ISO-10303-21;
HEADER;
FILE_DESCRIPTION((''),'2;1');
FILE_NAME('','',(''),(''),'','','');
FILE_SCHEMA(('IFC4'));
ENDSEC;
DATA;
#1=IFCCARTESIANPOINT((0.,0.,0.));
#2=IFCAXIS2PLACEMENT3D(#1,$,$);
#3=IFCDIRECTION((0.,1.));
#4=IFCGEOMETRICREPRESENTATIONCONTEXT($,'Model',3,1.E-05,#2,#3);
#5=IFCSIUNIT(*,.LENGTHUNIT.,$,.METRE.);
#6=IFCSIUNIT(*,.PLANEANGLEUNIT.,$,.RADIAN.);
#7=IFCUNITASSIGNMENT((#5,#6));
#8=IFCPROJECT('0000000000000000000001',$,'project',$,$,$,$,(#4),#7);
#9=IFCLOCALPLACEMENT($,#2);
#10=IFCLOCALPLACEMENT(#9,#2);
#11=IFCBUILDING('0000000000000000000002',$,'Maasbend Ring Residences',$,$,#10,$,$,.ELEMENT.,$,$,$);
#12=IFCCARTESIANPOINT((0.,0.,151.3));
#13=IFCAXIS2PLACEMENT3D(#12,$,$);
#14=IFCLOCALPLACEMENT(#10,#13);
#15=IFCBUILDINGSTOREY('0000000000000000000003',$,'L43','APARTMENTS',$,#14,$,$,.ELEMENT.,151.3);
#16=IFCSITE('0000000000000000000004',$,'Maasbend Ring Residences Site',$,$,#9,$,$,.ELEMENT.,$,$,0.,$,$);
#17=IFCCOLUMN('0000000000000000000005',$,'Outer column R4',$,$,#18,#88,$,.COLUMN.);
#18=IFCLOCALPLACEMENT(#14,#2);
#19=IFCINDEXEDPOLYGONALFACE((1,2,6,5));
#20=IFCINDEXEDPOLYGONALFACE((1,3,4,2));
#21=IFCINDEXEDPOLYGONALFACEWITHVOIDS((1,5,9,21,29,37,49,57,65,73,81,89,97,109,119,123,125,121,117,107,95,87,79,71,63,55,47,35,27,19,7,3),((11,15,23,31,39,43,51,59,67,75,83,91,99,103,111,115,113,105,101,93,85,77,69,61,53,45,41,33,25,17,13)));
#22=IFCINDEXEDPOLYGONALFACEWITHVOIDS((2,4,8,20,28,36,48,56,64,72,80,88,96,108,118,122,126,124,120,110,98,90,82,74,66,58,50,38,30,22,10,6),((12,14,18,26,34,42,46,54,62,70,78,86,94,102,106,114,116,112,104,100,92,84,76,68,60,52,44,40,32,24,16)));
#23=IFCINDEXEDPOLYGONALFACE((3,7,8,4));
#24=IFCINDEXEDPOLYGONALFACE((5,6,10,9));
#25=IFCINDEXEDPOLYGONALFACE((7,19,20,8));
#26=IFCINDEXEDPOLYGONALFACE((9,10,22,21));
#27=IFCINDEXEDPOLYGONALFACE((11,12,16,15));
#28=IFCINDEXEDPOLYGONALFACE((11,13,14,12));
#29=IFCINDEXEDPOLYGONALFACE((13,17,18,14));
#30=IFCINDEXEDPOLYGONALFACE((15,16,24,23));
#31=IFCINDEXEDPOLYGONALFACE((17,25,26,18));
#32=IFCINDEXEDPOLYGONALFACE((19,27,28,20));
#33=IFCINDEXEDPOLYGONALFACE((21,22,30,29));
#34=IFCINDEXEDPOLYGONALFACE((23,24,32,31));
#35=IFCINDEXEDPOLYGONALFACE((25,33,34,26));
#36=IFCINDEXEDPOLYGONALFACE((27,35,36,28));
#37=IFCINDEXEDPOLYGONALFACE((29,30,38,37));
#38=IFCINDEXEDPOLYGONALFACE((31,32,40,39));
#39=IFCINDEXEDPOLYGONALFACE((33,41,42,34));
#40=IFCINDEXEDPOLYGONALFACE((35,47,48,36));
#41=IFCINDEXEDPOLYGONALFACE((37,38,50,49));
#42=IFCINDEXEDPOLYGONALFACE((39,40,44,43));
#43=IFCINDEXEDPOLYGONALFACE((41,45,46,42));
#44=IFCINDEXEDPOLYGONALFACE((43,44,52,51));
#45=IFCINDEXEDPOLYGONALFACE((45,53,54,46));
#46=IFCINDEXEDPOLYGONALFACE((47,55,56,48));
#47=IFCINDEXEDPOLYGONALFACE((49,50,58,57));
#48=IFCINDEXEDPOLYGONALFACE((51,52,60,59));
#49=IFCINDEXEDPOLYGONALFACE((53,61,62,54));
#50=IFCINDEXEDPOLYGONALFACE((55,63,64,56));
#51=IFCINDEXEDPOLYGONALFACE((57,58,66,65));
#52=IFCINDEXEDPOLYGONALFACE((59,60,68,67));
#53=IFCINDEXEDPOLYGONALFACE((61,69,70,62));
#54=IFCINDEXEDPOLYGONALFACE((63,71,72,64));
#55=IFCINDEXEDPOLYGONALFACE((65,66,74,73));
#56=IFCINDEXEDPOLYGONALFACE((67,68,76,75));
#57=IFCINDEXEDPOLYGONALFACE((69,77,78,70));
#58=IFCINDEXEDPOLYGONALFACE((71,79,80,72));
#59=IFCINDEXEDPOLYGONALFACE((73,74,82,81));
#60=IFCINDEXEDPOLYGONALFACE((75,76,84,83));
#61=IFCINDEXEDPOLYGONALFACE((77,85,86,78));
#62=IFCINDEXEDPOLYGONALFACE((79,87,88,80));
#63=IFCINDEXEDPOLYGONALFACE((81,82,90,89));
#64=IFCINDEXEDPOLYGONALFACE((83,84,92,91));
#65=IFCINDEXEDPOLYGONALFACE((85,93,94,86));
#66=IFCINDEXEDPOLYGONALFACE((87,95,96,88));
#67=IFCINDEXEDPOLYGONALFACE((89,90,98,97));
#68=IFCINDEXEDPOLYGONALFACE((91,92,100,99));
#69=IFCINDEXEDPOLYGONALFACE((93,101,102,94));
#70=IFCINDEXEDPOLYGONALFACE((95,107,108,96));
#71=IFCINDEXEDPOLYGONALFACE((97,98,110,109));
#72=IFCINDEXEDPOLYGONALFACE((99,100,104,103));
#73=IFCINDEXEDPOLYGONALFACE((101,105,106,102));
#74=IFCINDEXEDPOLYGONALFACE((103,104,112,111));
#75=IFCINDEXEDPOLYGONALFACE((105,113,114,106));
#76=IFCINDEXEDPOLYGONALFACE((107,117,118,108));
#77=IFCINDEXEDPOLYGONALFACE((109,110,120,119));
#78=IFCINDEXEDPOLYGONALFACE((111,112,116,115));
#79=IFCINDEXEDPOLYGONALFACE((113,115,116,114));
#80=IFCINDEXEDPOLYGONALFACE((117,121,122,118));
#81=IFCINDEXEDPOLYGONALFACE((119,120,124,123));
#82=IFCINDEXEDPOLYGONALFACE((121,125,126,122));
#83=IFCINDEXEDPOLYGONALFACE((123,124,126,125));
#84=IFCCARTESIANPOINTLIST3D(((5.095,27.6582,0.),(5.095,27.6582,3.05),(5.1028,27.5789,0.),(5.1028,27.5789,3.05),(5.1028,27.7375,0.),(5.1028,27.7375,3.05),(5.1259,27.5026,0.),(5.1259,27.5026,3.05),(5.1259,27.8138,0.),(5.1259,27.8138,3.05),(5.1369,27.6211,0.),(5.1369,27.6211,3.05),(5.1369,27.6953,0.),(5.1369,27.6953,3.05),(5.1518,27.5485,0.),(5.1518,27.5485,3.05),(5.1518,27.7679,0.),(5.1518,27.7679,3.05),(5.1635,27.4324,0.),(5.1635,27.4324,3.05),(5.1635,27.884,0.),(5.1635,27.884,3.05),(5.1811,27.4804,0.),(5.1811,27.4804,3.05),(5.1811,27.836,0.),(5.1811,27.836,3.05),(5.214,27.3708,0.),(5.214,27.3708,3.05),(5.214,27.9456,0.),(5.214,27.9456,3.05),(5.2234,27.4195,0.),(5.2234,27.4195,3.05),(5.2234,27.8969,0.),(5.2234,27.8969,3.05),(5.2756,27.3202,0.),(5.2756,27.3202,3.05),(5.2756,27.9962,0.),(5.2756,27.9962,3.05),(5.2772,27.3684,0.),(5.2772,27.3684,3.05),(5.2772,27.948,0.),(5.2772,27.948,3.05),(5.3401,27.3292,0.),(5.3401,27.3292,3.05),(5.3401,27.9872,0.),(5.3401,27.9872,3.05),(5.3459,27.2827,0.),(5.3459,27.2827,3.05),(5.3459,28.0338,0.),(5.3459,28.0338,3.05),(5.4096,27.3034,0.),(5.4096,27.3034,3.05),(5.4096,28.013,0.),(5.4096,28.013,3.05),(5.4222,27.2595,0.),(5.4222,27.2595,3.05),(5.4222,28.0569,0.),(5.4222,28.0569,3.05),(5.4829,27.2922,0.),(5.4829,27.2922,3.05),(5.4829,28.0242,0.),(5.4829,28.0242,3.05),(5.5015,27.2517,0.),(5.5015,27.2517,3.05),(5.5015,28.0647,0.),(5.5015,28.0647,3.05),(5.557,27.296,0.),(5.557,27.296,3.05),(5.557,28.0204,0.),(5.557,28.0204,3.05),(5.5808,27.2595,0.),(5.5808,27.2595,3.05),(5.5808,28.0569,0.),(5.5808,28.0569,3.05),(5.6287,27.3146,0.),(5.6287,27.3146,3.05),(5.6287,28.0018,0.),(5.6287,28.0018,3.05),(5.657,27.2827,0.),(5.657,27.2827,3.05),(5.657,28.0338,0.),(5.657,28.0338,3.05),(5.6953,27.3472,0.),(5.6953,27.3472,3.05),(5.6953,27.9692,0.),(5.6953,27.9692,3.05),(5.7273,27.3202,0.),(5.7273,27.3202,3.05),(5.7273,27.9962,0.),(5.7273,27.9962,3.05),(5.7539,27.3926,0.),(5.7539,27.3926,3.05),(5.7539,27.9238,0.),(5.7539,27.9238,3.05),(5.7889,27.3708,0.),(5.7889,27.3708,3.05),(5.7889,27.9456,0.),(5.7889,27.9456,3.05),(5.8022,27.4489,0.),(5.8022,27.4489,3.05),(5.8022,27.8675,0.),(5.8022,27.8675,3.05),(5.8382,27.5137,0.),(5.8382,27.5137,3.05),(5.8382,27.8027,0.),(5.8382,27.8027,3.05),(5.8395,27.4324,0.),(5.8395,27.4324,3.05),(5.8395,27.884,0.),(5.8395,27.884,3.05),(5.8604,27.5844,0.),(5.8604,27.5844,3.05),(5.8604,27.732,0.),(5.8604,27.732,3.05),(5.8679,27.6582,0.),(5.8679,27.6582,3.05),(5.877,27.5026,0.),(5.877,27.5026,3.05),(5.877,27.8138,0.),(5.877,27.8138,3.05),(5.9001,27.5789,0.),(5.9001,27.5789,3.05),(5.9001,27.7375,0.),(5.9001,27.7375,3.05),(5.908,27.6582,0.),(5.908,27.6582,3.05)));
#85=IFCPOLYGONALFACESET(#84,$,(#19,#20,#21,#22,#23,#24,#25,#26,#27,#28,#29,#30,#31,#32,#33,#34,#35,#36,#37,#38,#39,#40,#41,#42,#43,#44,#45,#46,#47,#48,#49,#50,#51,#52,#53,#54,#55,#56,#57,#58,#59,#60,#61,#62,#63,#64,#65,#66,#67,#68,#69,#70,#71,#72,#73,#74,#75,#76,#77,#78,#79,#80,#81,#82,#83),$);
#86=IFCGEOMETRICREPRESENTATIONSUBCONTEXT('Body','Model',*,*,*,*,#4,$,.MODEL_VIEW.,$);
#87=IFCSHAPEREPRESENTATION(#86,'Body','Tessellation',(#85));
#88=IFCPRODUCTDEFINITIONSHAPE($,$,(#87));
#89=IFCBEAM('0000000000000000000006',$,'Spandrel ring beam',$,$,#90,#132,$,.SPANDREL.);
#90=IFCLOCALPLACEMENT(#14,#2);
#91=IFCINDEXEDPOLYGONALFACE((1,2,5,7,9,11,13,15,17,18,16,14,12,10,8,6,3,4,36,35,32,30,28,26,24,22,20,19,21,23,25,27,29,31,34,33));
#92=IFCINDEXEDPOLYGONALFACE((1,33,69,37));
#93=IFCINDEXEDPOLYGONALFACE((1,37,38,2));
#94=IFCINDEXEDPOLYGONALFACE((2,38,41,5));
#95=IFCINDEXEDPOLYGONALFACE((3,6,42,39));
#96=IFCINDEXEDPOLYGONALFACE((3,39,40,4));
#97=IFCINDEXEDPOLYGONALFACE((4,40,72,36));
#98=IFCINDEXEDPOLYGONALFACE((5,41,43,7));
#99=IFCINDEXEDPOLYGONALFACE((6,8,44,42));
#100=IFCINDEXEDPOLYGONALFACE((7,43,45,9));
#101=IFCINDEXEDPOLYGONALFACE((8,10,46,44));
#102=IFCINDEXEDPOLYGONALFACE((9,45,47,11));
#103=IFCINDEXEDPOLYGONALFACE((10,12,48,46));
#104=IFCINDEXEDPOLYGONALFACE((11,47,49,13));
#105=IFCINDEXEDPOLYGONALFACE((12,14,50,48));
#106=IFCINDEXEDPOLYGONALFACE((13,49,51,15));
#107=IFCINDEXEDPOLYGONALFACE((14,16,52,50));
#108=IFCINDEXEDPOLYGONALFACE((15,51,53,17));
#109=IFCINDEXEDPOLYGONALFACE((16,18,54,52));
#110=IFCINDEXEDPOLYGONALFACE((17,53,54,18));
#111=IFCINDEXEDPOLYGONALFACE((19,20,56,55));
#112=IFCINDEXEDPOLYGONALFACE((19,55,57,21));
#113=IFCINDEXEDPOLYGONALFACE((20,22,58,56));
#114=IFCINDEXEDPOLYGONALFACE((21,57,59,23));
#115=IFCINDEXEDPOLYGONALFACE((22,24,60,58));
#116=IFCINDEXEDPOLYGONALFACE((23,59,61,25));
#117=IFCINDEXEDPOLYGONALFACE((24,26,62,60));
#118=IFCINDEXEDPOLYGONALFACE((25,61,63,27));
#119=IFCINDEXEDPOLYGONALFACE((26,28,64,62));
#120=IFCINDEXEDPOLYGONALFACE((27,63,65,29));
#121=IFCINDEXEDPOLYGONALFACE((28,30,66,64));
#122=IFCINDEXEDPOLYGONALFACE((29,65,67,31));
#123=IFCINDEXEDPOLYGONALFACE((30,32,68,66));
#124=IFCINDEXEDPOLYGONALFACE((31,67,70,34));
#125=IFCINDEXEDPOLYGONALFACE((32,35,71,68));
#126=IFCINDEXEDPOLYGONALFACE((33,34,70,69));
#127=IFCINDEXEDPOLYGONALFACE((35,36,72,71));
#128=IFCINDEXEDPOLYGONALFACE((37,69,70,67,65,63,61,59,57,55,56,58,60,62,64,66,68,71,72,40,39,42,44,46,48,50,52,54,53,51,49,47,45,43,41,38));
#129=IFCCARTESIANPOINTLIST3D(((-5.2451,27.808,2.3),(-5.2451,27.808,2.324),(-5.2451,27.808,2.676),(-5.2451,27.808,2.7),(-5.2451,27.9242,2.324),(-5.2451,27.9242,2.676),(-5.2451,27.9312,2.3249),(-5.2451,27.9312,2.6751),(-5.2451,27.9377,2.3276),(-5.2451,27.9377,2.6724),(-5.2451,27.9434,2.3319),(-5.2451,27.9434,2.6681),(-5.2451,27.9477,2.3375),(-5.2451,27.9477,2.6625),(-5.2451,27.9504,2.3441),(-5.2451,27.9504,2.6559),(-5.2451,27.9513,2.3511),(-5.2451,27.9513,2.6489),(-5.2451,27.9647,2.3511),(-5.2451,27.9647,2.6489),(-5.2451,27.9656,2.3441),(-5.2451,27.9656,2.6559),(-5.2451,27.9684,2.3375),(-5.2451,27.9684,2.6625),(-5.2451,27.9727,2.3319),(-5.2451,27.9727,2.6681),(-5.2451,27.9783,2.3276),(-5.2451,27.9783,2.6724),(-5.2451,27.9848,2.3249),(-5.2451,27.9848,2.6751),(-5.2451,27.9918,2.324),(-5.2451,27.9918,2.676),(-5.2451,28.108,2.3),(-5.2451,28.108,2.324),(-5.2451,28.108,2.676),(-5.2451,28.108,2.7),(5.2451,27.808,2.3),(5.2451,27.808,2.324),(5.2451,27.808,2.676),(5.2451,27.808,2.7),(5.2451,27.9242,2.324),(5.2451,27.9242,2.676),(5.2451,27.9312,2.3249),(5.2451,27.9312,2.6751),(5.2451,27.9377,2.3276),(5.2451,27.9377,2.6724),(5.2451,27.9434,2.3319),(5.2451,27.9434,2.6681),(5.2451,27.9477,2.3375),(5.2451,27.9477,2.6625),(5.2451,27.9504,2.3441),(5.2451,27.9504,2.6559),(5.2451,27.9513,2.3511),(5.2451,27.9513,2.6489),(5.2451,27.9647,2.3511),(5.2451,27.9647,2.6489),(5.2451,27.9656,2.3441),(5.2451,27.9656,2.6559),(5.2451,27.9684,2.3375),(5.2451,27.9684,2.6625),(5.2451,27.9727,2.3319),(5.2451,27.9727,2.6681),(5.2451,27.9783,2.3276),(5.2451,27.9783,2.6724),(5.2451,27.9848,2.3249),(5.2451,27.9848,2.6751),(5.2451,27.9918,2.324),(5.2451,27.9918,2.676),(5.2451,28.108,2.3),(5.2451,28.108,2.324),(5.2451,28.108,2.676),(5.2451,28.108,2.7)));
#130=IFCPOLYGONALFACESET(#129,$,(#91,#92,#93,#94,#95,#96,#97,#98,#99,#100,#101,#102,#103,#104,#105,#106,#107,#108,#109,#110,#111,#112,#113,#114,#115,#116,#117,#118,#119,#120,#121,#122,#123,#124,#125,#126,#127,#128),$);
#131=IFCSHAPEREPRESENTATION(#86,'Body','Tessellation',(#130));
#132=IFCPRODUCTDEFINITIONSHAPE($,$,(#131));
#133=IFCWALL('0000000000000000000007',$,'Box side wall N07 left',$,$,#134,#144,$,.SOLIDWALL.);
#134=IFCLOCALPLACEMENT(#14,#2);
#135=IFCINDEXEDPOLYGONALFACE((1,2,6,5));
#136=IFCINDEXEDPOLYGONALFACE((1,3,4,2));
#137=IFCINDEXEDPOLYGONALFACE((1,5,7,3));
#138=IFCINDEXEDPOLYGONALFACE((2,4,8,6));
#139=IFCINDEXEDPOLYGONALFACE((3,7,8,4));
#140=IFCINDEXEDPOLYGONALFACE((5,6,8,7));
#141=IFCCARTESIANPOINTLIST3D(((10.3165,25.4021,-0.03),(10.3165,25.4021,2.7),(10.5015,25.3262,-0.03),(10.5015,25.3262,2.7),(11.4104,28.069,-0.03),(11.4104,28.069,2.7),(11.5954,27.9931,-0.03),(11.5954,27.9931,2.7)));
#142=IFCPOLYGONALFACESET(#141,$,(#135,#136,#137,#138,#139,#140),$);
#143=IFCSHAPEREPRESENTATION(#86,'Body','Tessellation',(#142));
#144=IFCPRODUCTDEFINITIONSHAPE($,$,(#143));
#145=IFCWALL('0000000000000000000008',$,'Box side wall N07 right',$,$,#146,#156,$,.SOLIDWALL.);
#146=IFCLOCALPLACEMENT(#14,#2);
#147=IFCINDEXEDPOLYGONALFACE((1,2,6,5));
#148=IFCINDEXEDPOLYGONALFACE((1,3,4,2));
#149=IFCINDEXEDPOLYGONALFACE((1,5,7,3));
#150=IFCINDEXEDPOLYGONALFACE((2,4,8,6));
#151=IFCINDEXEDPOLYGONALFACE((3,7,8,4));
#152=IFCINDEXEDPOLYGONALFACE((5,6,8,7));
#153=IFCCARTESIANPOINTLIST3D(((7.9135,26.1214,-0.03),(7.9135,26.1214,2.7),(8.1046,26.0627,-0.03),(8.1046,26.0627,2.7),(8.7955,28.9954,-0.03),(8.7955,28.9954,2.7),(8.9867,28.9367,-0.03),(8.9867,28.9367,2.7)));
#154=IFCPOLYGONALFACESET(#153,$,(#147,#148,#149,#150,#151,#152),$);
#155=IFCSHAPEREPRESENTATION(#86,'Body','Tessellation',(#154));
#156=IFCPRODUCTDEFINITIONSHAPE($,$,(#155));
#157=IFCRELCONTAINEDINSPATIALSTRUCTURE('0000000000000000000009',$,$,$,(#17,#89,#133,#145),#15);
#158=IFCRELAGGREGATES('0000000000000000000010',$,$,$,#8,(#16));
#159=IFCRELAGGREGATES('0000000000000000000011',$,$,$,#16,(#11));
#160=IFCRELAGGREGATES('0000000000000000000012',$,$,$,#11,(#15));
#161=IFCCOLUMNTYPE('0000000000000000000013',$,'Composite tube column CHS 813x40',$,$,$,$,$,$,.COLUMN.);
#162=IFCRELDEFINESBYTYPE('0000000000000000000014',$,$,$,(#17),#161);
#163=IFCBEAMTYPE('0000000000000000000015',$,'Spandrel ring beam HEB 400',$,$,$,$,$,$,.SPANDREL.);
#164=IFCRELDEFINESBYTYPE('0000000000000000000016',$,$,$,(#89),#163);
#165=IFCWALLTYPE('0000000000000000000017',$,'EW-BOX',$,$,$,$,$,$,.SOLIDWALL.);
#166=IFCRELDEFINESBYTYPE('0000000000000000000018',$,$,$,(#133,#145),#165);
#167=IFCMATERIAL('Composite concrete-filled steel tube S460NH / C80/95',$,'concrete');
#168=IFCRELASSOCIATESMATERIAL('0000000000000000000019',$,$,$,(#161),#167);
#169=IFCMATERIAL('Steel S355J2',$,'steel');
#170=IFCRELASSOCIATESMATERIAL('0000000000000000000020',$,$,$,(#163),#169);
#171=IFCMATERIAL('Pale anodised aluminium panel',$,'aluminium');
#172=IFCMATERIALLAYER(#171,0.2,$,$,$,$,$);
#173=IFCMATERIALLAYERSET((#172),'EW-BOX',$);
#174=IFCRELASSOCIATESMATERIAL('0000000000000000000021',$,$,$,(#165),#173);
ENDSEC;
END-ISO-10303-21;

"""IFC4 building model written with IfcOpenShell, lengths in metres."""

from ifc_helpers import new_model, si_unit, direction, frame, frame_2d, origin, origin_2d, place, context, subcontext, project, spatial, rectangle, hollow_circle, i_section, extrude, material, layer, layer_set, material_profile, profile_set, type_object, element, save


model = new_model("IFC4")

# Units and contexts
model_context = context("Model", 3, precision=1e-05, world=origin(), true_north=direction((0.0, 1.0)))
body_context = subcontext(model_context, "Body", "Model", "MODEL_VIEW")
ifc_project = project(units=[si_unit("LENGTHUNIT", "METRE"), si_unit("PLANEANGLEUNIT", "RADIAN")], contexts=[model_context])

# Site, building, storey
site_placement = place(None, origin())
site = spatial("IfcSite", under=ifc_project, at=site_placement, Name="Maasbend Ring Residences Site", CompositionType="ELEMENT", RefElevation=0.0)
building_placement = place(site_placement, origin())
building = spatial("IfcBuilding", under=site, at=building_placement, Name="Maasbend Ring Residences", CompositionType="ELEMENT")
storey_placement = place(building_placement, frame((0.0, 0.0, 151.3)))
storey = spatial("IfcBuildingStorey", under=building, at=storey_placement, Name="L43", Description="APARTMENTS", CompositionType="ELEMENT", Elevation=151.3)

# Column
ifc_material_1 = material(Name="Composite concrete-filled steel tube S460NH / C80/95", Category="concrete")
ifc_material_profile_1 = material_profile(ifc_material_1, hollow_circle(Radius=0.4065, WallThickness=0.04, at=origin_2d()), Name="Composite tube column CHS 813x40")
ifc_profile_set_1 = profile_set([ifc_material_profile_1], Name="Composite concrete-filled steel tube S460NH / C80/95")
column_type = type_object("IfcColumnType", Name="Composite tube column CHS 813x40", PredefinedType="COLUMN", material=ifc_profile_set_1)
column_placement = place(storey_placement, frame((5.5015, 27.6582, 0.0), z_axis=(0.0, 0.0, 1.0), x_axis=(1.0, 0.0, 0.0)))
element("IfcColumn", 1, at=column_placement, inside=storey, type_object=column_type, Name="Outer column R4", PredefinedType="COLUMN", context=body_context, shape_type="SweptSolid", body=[
    extrude(hollow_circle(Radius=0.4065, WallThickness=0.04, at=origin_2d()), origin(), (0.0, 0.0, 1.0), 3.05),
])

# Beam
ifc_material_2 = material(Name="Steel S355J2", Category="steel")
ifc_material_profile_2 = material_profile(ifc_material_2, i_section(OverallWidth=0.3, OverallDepth=0.3999, WebThickness=0.0134, FlangeThickness=0.0239, FilletRadius=0.0271, at=origin_2d()), Name="HEB 400")
ifc_profile_set_2 = profile_set([ifc_material_profile_2], Name="Steel S355J2")
beam_type = type_object("IfcBeamType", Name="Spandrel ring beam HEB 400", PredefinedType="SPANDREL", material=ifc_profile_set_2)
beam_placement = place(storey_placement, frame((5.2451, 27.958, 2.5), z_axis=(-1.0, 0.0, 0.0), x_axis=(0.0, -1.0, 0.0)))
element("IfcBeam", 2, at=beam_placement, inside=storey, type_object=beam_type, Name="Spandrel ring beam", PredefinedType="SPANDREL", context=body_context, shape_type="SweptSolid", body=[
    extrude(i_section(OverallWidth=0.3, OverallDepth=0.3999, WebThickness=0.0134, FlangeThickness=0.0239, FilletRadius=0.0271, at=origin_2d()), origin(), (0.0, 0.0, 1.0), 10.4902),
])

# Walls
ifc_material_3 = material(Name="Pale anodised aluminium panel", Category="aluminium")
ifc_layer_1 = layer(ifc_material_3, 0.2)
ifc_layer_set_1 = layer_set([ifc_layer_1], Name="EW-BOX")
wall_type_1 = type_object("IfcWallType", Name="EW-BOX", PredefinedType="SOLIDWALL", material=ifc_layer_set_1)
wall_1_placement = place(storey_placement, frame((10.4089, 25.364, -0.03), z_axis=(0.0, 0.0, 1.0), x_axis=(0.37951, 0.925188, 0.0)))
element("IfcWall", 3, at=wall_1_placement, inside=storey, type_object=wall_type_1, Name="Box side wall N07 left", PredefinedType="SOLIDWALL", context=body_context, shape_type="SweptSolid", body=[
    extrude(rectangle(XDim=2.8826, YDim=0.2, at=frame_2d((1.4414, 0.0))), origin(), (0.0, 0.0, 1.0), 2.73),
])
wall_2_placement = place(storey_placement, frame((8.009, 26.092, -0.03), z_axis=(0.0, 0.0, 1.0), x_axis=(0.293407, 0.955988, 0.0)))
element("IfcWall", 4, at=wall_2_placement, inside=storey, type_object=wall_type_1, Name="Box side wall N07 right", PredefinedType="SOLIDWALL", context=body_context, shape_type="SweptSolid", body=[
    extrude(rectangle(XDim=3.0063, YDim=0.2, at=frame_2d((1.5032, 0.0))), origin(), (0.0, 0.0, 1.0), 2.73),
])

save(model, "model.ifc")
